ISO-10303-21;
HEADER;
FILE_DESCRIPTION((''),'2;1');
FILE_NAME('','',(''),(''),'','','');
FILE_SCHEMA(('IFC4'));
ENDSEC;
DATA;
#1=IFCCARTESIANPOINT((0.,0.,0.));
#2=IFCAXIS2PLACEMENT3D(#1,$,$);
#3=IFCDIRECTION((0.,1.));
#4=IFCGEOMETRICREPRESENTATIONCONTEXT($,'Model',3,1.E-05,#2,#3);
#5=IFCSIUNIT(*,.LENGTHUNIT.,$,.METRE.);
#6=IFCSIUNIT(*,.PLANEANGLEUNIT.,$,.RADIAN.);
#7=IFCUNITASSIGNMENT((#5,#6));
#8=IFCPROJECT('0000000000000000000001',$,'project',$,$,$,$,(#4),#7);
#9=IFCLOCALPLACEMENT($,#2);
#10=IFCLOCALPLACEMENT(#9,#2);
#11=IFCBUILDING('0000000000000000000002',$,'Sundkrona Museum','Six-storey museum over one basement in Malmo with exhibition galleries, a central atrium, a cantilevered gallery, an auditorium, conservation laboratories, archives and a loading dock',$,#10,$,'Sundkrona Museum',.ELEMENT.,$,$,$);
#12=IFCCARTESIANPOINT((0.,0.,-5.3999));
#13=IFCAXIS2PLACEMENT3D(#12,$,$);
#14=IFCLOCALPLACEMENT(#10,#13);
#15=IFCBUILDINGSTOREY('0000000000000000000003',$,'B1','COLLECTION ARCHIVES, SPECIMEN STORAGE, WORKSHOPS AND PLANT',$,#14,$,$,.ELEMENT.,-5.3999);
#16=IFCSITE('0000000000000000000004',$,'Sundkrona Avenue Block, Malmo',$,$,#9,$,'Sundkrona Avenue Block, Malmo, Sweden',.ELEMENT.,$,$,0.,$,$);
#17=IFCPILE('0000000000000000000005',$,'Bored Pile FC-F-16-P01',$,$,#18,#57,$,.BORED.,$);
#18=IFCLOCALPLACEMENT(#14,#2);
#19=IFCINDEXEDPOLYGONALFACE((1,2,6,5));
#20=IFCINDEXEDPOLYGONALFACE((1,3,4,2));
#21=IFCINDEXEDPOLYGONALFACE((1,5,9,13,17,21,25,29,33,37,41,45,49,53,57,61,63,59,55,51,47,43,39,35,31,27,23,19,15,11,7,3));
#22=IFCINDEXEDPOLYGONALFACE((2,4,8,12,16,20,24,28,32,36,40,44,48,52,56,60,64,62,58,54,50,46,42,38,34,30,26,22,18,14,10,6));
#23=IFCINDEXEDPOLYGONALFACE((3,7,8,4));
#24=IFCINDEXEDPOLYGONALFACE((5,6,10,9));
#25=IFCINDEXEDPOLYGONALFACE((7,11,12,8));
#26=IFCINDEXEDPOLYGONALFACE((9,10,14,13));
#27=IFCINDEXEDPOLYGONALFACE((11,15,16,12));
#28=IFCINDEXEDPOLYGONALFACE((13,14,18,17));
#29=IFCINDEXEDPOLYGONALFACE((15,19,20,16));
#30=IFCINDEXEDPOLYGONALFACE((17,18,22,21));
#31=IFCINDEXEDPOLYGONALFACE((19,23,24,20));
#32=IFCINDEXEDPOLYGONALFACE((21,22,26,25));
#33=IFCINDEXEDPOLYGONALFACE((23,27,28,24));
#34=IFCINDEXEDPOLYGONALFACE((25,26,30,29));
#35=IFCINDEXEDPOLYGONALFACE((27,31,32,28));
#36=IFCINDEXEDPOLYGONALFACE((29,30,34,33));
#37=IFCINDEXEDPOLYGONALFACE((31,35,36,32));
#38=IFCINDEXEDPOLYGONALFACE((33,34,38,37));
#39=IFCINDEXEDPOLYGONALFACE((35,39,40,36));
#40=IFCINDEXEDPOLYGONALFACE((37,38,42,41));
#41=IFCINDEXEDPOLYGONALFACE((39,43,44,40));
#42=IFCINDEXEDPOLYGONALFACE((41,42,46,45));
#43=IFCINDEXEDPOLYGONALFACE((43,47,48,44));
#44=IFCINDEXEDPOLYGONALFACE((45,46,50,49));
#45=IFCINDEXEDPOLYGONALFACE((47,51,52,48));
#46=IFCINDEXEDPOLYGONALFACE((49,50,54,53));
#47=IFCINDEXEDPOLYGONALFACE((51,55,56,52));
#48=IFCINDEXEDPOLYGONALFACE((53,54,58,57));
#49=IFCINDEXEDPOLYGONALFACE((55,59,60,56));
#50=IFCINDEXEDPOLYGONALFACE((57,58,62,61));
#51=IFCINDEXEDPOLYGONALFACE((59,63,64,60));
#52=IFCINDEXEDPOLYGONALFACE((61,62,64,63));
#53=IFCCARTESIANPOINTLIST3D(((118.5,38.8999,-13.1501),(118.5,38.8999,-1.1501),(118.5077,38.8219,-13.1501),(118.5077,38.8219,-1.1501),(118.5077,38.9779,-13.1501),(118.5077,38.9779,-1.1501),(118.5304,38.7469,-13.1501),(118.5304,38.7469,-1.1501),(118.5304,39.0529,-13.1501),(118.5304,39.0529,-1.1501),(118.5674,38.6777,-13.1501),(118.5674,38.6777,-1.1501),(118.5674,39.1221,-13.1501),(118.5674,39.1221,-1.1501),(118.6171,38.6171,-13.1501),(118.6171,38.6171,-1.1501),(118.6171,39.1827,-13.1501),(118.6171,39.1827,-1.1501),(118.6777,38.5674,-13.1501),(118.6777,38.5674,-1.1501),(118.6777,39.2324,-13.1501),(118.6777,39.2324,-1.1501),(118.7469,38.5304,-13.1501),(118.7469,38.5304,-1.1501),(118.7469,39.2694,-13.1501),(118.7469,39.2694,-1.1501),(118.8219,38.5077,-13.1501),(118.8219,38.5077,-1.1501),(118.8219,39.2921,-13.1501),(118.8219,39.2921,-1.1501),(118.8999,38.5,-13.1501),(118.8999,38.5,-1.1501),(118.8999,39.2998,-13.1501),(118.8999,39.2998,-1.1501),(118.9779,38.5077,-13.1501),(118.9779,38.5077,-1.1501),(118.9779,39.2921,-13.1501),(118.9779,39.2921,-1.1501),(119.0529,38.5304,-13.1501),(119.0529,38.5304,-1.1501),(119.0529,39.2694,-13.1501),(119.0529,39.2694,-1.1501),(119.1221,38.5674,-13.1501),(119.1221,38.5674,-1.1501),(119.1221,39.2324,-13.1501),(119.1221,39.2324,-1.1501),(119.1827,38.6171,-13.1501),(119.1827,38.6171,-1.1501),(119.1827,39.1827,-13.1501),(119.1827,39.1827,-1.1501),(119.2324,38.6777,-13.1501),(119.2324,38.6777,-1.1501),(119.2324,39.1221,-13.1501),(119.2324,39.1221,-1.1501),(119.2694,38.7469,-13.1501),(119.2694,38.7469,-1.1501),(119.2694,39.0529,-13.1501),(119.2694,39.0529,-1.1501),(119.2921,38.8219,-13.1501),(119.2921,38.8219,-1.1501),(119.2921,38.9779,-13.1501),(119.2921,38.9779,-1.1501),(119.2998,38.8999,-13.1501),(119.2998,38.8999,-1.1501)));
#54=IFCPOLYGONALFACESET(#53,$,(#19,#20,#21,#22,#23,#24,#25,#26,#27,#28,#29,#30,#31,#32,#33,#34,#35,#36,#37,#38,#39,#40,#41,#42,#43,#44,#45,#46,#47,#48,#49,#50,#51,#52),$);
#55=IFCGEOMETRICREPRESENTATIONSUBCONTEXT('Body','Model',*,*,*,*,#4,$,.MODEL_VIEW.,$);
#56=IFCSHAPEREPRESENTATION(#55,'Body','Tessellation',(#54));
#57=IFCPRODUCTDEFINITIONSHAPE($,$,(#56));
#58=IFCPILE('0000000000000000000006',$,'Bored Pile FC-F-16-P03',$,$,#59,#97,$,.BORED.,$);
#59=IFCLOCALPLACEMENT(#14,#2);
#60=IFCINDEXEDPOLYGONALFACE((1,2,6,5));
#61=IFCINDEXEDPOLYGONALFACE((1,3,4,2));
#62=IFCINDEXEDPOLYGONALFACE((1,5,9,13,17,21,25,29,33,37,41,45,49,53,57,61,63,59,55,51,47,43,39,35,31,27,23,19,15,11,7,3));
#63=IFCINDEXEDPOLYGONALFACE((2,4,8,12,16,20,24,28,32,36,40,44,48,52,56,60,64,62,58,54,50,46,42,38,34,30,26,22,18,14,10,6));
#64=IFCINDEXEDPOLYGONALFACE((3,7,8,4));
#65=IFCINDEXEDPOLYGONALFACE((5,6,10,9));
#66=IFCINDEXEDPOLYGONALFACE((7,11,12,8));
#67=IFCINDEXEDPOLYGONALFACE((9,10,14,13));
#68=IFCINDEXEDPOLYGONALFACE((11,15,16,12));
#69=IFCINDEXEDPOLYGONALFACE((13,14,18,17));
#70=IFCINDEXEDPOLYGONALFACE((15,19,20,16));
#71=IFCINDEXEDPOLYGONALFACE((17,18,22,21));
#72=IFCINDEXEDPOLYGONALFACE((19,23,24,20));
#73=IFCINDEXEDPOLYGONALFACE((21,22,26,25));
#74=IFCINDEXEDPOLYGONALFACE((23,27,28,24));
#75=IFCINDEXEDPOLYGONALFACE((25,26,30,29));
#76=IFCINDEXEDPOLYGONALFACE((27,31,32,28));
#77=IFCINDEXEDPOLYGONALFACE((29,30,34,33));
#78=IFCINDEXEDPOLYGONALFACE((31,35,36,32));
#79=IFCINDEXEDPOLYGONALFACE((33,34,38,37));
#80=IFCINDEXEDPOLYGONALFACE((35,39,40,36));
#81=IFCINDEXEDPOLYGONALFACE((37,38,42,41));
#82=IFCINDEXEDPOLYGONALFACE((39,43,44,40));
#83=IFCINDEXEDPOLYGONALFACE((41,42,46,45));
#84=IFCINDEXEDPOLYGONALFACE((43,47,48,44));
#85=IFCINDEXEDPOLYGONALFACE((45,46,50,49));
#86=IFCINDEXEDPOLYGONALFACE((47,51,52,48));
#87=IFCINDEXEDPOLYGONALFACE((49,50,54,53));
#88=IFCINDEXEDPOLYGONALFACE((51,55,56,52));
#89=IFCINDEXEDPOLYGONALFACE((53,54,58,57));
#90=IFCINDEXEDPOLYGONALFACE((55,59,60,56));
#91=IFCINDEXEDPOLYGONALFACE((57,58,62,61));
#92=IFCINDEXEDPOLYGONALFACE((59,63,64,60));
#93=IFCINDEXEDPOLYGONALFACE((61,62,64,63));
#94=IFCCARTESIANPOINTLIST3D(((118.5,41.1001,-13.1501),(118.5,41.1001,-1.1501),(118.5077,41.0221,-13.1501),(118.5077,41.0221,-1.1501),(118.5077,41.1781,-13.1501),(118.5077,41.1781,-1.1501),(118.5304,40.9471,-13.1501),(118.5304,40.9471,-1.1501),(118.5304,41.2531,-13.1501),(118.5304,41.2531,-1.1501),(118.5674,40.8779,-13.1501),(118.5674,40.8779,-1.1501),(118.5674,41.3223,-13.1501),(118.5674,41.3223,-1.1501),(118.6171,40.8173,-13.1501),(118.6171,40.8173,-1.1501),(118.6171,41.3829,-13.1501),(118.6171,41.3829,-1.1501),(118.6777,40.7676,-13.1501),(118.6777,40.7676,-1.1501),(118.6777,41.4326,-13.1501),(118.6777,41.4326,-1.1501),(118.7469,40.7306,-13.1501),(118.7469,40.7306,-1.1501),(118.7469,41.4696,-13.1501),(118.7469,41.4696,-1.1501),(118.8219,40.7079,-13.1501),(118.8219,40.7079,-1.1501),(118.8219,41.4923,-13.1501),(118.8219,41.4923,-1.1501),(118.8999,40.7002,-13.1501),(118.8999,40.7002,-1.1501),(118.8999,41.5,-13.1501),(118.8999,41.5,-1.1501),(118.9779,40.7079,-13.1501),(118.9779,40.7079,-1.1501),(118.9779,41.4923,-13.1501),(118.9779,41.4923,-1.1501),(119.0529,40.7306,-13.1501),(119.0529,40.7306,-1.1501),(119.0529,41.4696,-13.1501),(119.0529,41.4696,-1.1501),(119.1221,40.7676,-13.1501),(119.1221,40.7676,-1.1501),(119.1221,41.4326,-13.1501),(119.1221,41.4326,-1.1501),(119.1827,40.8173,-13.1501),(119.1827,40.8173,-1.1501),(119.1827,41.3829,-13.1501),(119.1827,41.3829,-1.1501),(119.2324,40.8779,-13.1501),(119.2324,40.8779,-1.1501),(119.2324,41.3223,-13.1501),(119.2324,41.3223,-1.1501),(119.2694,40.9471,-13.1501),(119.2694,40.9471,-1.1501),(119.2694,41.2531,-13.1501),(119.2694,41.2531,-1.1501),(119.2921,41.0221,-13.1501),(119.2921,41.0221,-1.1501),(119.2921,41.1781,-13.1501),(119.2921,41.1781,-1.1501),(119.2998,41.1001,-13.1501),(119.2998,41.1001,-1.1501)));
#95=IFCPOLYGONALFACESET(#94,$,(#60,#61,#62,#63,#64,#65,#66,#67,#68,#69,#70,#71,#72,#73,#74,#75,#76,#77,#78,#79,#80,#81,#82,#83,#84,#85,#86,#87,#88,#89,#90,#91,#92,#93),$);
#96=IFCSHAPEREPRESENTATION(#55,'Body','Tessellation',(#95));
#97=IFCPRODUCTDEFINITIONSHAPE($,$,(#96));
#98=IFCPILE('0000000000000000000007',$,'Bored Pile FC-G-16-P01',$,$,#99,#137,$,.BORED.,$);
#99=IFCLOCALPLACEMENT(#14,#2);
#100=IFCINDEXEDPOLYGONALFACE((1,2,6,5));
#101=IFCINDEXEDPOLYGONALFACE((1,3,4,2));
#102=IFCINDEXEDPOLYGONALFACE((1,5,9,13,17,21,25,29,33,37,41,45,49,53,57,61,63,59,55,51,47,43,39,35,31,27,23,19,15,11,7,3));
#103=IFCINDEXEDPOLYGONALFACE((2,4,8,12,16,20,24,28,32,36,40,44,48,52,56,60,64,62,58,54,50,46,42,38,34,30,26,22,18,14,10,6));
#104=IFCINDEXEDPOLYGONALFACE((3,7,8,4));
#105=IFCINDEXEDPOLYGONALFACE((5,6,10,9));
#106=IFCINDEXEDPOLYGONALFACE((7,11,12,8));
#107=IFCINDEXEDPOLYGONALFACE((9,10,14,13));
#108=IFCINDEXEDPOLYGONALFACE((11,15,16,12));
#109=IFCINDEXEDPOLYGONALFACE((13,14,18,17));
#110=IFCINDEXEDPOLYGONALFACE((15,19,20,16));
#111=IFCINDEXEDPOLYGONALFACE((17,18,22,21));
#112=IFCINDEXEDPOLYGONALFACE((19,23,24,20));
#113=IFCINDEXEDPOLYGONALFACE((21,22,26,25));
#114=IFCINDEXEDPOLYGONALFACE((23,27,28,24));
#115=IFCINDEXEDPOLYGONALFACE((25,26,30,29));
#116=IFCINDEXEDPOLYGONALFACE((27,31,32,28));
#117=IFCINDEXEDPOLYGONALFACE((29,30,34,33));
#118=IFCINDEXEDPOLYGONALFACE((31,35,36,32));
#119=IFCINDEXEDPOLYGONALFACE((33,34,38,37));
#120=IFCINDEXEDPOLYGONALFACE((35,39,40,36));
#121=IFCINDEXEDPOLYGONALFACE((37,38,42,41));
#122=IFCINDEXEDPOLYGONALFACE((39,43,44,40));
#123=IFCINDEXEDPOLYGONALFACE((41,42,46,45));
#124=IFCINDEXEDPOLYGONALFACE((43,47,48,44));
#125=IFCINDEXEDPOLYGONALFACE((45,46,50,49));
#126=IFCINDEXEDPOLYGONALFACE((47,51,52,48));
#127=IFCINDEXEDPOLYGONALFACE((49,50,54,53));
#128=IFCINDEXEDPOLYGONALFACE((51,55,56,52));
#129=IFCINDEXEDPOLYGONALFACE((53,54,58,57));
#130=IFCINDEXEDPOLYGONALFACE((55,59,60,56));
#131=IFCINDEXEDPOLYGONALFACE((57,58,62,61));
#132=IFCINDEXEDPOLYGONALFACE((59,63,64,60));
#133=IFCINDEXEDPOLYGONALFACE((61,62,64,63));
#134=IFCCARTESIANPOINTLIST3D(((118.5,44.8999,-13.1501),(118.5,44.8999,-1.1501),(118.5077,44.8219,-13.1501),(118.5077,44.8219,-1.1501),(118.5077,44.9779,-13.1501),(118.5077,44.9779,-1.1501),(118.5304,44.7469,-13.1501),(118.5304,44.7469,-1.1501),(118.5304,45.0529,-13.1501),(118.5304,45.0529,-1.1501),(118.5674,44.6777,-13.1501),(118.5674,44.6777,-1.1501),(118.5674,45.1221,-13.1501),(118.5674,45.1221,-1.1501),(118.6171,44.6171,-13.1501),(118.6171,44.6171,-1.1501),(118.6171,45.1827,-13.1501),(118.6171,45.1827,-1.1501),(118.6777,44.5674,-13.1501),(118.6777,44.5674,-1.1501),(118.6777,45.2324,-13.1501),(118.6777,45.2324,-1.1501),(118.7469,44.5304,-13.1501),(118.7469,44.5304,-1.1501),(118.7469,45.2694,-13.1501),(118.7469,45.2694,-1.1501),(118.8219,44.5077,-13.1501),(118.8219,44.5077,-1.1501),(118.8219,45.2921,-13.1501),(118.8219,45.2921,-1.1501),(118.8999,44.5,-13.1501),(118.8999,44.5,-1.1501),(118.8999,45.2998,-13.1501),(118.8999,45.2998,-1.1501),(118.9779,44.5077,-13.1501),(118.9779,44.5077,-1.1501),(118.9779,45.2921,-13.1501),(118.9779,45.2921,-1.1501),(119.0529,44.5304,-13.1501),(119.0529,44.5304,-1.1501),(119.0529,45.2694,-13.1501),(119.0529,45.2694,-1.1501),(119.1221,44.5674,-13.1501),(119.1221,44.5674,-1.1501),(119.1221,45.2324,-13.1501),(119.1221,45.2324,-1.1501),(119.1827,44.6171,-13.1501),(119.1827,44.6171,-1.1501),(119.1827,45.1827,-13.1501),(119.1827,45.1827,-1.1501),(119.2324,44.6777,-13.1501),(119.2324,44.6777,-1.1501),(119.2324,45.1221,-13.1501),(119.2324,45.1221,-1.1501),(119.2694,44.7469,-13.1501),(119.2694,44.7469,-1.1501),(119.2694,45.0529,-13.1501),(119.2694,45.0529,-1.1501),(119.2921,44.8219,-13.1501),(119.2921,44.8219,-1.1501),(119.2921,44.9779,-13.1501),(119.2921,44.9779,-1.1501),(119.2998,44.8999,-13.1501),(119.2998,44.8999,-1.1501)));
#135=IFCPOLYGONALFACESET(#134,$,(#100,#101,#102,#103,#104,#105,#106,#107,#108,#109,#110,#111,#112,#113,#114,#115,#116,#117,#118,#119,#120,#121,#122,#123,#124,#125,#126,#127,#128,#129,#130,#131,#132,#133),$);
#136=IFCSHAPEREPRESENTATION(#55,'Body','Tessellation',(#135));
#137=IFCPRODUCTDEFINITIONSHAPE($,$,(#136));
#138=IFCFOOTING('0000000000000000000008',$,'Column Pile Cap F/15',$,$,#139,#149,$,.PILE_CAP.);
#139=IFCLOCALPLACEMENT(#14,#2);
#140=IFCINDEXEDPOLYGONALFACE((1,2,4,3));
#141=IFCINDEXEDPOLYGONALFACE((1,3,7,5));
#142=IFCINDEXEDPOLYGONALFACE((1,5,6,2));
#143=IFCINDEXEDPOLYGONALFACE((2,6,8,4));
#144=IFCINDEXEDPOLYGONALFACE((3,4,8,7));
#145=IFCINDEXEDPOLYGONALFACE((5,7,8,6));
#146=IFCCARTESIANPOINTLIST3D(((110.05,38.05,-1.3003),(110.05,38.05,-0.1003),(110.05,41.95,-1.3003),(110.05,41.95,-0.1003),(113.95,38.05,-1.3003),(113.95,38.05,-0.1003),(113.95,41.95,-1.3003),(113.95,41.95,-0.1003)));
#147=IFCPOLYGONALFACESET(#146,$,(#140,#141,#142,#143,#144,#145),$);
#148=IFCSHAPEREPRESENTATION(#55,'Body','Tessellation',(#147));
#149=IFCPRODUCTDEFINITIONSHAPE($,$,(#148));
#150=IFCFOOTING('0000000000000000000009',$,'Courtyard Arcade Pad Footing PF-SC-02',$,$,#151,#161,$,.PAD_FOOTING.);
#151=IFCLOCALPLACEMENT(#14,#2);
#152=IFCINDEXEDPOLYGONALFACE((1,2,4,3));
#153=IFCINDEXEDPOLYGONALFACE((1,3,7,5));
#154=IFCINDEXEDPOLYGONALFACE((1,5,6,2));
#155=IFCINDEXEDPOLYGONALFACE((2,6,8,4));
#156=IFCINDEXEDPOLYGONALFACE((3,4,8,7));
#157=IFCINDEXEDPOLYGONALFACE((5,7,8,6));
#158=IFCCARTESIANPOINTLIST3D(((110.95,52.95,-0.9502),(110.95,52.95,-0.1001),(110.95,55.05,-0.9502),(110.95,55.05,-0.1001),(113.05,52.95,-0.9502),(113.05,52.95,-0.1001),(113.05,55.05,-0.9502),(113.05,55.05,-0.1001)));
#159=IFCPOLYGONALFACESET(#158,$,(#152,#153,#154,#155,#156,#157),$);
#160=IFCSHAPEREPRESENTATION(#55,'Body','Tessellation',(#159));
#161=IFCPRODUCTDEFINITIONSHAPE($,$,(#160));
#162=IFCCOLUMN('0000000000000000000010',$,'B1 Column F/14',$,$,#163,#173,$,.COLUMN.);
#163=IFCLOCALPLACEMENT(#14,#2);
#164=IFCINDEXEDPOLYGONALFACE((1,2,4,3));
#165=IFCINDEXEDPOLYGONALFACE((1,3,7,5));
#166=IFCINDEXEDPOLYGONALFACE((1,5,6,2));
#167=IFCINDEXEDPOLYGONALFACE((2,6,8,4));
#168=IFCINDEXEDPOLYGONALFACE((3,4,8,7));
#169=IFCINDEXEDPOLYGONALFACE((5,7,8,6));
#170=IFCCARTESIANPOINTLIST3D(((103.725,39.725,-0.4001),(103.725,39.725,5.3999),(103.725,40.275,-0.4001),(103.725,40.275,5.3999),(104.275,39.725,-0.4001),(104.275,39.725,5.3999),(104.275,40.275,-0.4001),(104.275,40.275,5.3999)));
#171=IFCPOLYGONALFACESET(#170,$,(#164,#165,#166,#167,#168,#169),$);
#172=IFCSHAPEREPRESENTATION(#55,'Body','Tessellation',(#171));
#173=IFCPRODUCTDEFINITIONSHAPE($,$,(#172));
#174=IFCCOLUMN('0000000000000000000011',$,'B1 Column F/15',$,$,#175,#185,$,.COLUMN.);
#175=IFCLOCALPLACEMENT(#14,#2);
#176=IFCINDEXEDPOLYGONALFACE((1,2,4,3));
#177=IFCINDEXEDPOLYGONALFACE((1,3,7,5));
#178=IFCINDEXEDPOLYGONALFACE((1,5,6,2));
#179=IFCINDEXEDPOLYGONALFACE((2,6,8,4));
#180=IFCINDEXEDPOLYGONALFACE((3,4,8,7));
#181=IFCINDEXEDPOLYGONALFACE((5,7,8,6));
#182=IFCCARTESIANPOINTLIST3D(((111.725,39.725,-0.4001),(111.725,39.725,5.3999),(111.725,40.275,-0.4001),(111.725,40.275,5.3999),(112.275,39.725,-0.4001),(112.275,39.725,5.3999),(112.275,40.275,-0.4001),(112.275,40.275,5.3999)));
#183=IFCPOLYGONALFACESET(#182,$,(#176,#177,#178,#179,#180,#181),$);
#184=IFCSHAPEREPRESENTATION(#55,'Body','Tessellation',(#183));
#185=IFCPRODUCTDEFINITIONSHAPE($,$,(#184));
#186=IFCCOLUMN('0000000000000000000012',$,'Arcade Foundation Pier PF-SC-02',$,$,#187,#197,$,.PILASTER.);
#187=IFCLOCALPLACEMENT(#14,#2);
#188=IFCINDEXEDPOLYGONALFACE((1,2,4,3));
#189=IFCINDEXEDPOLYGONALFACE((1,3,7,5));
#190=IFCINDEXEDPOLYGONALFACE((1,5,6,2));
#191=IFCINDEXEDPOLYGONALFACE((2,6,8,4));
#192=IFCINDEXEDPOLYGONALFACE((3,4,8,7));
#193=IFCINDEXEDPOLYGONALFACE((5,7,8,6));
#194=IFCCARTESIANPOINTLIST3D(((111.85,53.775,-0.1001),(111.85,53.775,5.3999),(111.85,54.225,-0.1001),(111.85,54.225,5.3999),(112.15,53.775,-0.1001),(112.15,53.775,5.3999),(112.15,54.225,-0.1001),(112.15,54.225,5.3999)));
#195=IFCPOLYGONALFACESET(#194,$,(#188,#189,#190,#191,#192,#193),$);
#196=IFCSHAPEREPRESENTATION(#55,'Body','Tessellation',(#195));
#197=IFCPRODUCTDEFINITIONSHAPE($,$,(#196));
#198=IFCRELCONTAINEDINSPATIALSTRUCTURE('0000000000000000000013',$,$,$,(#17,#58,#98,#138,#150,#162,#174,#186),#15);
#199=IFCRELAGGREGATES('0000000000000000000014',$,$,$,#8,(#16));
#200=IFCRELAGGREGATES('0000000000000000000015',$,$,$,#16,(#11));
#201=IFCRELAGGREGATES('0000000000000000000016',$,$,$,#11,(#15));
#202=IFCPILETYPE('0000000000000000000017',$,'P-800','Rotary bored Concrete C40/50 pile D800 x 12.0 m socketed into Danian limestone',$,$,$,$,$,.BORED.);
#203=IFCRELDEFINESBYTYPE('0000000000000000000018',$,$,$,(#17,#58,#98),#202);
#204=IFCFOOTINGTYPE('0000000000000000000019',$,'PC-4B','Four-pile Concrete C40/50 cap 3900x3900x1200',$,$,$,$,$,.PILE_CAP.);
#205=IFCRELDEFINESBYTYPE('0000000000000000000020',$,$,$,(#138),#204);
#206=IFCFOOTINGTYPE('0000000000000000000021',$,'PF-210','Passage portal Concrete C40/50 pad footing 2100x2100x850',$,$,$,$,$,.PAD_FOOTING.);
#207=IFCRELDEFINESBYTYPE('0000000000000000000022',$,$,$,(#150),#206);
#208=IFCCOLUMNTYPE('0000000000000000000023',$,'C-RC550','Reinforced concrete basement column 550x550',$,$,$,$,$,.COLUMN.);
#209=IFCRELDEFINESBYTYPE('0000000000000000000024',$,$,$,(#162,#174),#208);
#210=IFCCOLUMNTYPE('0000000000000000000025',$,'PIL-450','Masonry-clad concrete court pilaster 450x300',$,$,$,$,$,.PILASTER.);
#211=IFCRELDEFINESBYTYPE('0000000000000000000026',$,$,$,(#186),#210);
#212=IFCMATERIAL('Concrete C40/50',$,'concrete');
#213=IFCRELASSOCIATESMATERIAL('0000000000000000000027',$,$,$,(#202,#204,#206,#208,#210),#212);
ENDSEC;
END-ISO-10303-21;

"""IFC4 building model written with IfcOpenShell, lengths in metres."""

from ifc_helpers import new_model, si_unit, direction, frame, origin, origin_2d, place, context, subcontext, project, spatial, rectangle, circle, extrude, material, material_profile, profile_set, type_object, element, save


model = new_model("IFC4")

# Units and contexts
model_context = context("Model", 3, precision=1e-05, world=origin(), true_north=direction((0.0, 1.0)))
body_context = subcontext(model_context, "Body", "Model", "MODEL_VIEW")
ifc_project = project(units=[si_unit("LENGTHUNIT", "METRE"), si_unit("PLANEANGLEUNIT", "RADIAN")], contexts=[model_context])

# Site, building, storey
site_placement = place(None, origin())
site = spatial("IfcSite", under=ifc_project, at=site_placement, Name="Sundkrona Avenue Block, Malmo", LongName="Sundkrona Avenue Block, Malmo, Sweden", CompositionType="ELEMENT", RefElevation=0.0)
building_placement = place(site_placement, origin())
building = spatial("IfcBuilding", under=site, at=building_placement, Name="Sundkrona Museum", Description="Six-storey museum over one basement in Malmo with exhibition galleries, a central atrium, a cantilevered gallery, an auditorium, conservation laboratories, archives and a loading dock", LongName="Sundkrona Museum", CompositionType="ELEMENT")
storey_placement = place(building_placement, frame((0.0, 0.0, -5.3999)))
storey = spatial("IfcBuildingStorey", under=building, at=storey_placement, Name="B1", Description="COLLECTION ARCHIVES, SPECIMEN STORAGE, WORKSHOPS AND PLANT", CompositionType="ELEMENT", Elevation=-5.3999)

# Shared definitions
ifc_material = material(Name="Concrete C40/50", Category="concrete")

# Piles
ifc_material_profile_1 = material_profile(ifc_material, circle(Radius=0.3999, at=origin_2d()), Name="PILE D800")
ifc_profile_set_1 = profile_set([ifc_material_profile_1], Name="Concrete C40/50")
pile_type = type_object("IfcPileType", Name="P-800", Description="Rotary bored Concrete C40/50 pile D800 x 12.0 m socketed into Danian limestone", PredefinedType="BORED", material=ifc_profile_set_1)
for number, where, z_axis, x_axis, name in (
    (1, (118.8999, 38.8999, -1.1501), (0.0, 0.0, -1.0), (1.0, 0.0, 0.0), "Bored Pile FC-F-16-P01"),
    (2, (118.8999, 41.1001, -1.1501), (0.0, 0.0, -1.0), (1.0, 0.0, 0.0), "Bored Pile FC-F-16-P03"),
    (3, (118.8999, 44.8999, -1.1501), (0.0, 0.0, -1.0), (1.0, 0.0, 0.0), "Bored Pile FC-G-16-P01"),
):
    element("IfcPile", number, at=place(storey_placement, frame(where, z_axis=z_axis, x_axis=x_axis)), inside=storey, type_object=pile_type, Name=name, PredefinedType="BORED", context=body_context, shape_type="SweptSolid", body=[
        extrude(circle(Radius=0.3999, at=origin_2d()), origin(), (0.0, 0.0, 1.0), 12.0),
    ])

# Footings
footing_type_1 = type_object("IfcFootingType", Name="PC-4B", Description="Four-pile Concrete C40/50 cap 3900x3900x1200", PredefinedType="PILE_CAP", material=ifc_material)
footing_1_placement = place(storey_placement, frame((112.0, 40.0, -1.3003), z_axis=(0.0, 0.0, 1.0), x_axis=(1.0, 0.0, 0.0)))
element("IfcFooting", 4, at=footing_1_placement, inside=storey, type_object=footing_type_1, Name="Column Pile Cap F/15", PredefinedType="PILE_CAP", context=body_context, shape_type="SweptSolid", body=[
    extrude(rectangle(XDim=3.8999, YDim=3.8999, at=origin_2d()), origin(), (0.0, 0.0, 1.0), 1.2),
])
footing_type_2 = type_object("IfcFootingType", Name="PF-210", Description="Passage portal Concrete C40/50 pad footing 2100x2100x850", PredefinedType="PAD_FOOTING", material=ifc_material)
footing_2_placement = place(storey_placement, frame((112.0, 54.0, -0.9502), z_axis=(0.0, 0.0, 1.0), x_axis=(1.0, 0.0, 0.0)))
element("IfcFooting", 5, at=footing_2_placement, inside=storey, type_object=footing_type_2, Name="Courtyard Arcade Pad Footing PF-SC-02", PredefinedType="PAD_FOOTING", context=body_context, shape_type="SweptSolid", body=[
    extrude(rectangle(XDim=2.1001, YDim=2.1001, at=origin_2d()), origin(), (0.0, 0.0, 1.0), 0.8501),
])

# Columns
ifc_material_profile_2 = material_profile(ifc_material, rectangle(XDim=0.55, YDim=0.55, at=origin_2d()), Name="RC 550x550")
ifc_profile_set_2 = profile_set([ifc_material_profile_2], Name="Concrete C40/50")
column_type_1 = type_object("IfcColumnType", Name="C-RC550", Description="Reinforced concrete basement column 550x550", PredefinedType="COLUMN", material=ifc_profile_set_2)
for number, where, z_axis, x_axis, name in (
    (6, (104.0, 40.0, -0.4001), (0.0, 0.0, 1.0), (1.0, 0.0, 0.0), "B1 Column F/14"),
    (7, (112.0, 40.0, -0.4001), (0.0, 0.0, 1.0), (1.0, 0.0, 0.0), "B1 Column F/15"),
):
    element("IfcColumn", number, at=place(storey_placement, frame(where, z_axis=z_axis, x_axis=x_axis)), inside=storey, type_object=column_type_1, Name=name, PredefinedType="COLUMN", context=body_context, shape_type="SweptSolid", body=[
        extrude(rectangle(XDim=0.55, YDim=0.55, at=origin_2d()), origin(), (0.0, 0.0, 1.0), 5.8),
    ])
ifc_material_profile_3 = material_profile(ifc_material, rectangle(XDim=0.3, YDim=0.45, at=origin_2d()), Name="RC 450x300")
ifc_profile_set_3 = profile_set([ifc_material_profile_3], Name="Concrete C40/50")
column_type_2 = type_object("IfcColumnType", Name="PIL-450", Description="Masonry-clad concrete court pilaster 450x300", PredefinedType="PILASTER", material=ifc_profile_set_3)
column_placement = place(storey_placement, frame((112.0, 54.0, -0.1001), z_axis=(0.0, 0.0, 1.0), x_axis=(1.0, 0.0, 0.0)))
element("IfcColumn", 8, at=column_placement, inside=storey, type_object=column_type_2, Name="Arcade Foundation Pier PF-SC-02", PredefinedType="PILASTER", context=body_context, shape_type="SweptSolid", body=[
    extrude(rectangle(XDim=0.3, YDim=0.45, at=origin_2d()), origin(), (0.0, 0.0, 1.0), 5.5),
])

save(model, "model.ifc")
